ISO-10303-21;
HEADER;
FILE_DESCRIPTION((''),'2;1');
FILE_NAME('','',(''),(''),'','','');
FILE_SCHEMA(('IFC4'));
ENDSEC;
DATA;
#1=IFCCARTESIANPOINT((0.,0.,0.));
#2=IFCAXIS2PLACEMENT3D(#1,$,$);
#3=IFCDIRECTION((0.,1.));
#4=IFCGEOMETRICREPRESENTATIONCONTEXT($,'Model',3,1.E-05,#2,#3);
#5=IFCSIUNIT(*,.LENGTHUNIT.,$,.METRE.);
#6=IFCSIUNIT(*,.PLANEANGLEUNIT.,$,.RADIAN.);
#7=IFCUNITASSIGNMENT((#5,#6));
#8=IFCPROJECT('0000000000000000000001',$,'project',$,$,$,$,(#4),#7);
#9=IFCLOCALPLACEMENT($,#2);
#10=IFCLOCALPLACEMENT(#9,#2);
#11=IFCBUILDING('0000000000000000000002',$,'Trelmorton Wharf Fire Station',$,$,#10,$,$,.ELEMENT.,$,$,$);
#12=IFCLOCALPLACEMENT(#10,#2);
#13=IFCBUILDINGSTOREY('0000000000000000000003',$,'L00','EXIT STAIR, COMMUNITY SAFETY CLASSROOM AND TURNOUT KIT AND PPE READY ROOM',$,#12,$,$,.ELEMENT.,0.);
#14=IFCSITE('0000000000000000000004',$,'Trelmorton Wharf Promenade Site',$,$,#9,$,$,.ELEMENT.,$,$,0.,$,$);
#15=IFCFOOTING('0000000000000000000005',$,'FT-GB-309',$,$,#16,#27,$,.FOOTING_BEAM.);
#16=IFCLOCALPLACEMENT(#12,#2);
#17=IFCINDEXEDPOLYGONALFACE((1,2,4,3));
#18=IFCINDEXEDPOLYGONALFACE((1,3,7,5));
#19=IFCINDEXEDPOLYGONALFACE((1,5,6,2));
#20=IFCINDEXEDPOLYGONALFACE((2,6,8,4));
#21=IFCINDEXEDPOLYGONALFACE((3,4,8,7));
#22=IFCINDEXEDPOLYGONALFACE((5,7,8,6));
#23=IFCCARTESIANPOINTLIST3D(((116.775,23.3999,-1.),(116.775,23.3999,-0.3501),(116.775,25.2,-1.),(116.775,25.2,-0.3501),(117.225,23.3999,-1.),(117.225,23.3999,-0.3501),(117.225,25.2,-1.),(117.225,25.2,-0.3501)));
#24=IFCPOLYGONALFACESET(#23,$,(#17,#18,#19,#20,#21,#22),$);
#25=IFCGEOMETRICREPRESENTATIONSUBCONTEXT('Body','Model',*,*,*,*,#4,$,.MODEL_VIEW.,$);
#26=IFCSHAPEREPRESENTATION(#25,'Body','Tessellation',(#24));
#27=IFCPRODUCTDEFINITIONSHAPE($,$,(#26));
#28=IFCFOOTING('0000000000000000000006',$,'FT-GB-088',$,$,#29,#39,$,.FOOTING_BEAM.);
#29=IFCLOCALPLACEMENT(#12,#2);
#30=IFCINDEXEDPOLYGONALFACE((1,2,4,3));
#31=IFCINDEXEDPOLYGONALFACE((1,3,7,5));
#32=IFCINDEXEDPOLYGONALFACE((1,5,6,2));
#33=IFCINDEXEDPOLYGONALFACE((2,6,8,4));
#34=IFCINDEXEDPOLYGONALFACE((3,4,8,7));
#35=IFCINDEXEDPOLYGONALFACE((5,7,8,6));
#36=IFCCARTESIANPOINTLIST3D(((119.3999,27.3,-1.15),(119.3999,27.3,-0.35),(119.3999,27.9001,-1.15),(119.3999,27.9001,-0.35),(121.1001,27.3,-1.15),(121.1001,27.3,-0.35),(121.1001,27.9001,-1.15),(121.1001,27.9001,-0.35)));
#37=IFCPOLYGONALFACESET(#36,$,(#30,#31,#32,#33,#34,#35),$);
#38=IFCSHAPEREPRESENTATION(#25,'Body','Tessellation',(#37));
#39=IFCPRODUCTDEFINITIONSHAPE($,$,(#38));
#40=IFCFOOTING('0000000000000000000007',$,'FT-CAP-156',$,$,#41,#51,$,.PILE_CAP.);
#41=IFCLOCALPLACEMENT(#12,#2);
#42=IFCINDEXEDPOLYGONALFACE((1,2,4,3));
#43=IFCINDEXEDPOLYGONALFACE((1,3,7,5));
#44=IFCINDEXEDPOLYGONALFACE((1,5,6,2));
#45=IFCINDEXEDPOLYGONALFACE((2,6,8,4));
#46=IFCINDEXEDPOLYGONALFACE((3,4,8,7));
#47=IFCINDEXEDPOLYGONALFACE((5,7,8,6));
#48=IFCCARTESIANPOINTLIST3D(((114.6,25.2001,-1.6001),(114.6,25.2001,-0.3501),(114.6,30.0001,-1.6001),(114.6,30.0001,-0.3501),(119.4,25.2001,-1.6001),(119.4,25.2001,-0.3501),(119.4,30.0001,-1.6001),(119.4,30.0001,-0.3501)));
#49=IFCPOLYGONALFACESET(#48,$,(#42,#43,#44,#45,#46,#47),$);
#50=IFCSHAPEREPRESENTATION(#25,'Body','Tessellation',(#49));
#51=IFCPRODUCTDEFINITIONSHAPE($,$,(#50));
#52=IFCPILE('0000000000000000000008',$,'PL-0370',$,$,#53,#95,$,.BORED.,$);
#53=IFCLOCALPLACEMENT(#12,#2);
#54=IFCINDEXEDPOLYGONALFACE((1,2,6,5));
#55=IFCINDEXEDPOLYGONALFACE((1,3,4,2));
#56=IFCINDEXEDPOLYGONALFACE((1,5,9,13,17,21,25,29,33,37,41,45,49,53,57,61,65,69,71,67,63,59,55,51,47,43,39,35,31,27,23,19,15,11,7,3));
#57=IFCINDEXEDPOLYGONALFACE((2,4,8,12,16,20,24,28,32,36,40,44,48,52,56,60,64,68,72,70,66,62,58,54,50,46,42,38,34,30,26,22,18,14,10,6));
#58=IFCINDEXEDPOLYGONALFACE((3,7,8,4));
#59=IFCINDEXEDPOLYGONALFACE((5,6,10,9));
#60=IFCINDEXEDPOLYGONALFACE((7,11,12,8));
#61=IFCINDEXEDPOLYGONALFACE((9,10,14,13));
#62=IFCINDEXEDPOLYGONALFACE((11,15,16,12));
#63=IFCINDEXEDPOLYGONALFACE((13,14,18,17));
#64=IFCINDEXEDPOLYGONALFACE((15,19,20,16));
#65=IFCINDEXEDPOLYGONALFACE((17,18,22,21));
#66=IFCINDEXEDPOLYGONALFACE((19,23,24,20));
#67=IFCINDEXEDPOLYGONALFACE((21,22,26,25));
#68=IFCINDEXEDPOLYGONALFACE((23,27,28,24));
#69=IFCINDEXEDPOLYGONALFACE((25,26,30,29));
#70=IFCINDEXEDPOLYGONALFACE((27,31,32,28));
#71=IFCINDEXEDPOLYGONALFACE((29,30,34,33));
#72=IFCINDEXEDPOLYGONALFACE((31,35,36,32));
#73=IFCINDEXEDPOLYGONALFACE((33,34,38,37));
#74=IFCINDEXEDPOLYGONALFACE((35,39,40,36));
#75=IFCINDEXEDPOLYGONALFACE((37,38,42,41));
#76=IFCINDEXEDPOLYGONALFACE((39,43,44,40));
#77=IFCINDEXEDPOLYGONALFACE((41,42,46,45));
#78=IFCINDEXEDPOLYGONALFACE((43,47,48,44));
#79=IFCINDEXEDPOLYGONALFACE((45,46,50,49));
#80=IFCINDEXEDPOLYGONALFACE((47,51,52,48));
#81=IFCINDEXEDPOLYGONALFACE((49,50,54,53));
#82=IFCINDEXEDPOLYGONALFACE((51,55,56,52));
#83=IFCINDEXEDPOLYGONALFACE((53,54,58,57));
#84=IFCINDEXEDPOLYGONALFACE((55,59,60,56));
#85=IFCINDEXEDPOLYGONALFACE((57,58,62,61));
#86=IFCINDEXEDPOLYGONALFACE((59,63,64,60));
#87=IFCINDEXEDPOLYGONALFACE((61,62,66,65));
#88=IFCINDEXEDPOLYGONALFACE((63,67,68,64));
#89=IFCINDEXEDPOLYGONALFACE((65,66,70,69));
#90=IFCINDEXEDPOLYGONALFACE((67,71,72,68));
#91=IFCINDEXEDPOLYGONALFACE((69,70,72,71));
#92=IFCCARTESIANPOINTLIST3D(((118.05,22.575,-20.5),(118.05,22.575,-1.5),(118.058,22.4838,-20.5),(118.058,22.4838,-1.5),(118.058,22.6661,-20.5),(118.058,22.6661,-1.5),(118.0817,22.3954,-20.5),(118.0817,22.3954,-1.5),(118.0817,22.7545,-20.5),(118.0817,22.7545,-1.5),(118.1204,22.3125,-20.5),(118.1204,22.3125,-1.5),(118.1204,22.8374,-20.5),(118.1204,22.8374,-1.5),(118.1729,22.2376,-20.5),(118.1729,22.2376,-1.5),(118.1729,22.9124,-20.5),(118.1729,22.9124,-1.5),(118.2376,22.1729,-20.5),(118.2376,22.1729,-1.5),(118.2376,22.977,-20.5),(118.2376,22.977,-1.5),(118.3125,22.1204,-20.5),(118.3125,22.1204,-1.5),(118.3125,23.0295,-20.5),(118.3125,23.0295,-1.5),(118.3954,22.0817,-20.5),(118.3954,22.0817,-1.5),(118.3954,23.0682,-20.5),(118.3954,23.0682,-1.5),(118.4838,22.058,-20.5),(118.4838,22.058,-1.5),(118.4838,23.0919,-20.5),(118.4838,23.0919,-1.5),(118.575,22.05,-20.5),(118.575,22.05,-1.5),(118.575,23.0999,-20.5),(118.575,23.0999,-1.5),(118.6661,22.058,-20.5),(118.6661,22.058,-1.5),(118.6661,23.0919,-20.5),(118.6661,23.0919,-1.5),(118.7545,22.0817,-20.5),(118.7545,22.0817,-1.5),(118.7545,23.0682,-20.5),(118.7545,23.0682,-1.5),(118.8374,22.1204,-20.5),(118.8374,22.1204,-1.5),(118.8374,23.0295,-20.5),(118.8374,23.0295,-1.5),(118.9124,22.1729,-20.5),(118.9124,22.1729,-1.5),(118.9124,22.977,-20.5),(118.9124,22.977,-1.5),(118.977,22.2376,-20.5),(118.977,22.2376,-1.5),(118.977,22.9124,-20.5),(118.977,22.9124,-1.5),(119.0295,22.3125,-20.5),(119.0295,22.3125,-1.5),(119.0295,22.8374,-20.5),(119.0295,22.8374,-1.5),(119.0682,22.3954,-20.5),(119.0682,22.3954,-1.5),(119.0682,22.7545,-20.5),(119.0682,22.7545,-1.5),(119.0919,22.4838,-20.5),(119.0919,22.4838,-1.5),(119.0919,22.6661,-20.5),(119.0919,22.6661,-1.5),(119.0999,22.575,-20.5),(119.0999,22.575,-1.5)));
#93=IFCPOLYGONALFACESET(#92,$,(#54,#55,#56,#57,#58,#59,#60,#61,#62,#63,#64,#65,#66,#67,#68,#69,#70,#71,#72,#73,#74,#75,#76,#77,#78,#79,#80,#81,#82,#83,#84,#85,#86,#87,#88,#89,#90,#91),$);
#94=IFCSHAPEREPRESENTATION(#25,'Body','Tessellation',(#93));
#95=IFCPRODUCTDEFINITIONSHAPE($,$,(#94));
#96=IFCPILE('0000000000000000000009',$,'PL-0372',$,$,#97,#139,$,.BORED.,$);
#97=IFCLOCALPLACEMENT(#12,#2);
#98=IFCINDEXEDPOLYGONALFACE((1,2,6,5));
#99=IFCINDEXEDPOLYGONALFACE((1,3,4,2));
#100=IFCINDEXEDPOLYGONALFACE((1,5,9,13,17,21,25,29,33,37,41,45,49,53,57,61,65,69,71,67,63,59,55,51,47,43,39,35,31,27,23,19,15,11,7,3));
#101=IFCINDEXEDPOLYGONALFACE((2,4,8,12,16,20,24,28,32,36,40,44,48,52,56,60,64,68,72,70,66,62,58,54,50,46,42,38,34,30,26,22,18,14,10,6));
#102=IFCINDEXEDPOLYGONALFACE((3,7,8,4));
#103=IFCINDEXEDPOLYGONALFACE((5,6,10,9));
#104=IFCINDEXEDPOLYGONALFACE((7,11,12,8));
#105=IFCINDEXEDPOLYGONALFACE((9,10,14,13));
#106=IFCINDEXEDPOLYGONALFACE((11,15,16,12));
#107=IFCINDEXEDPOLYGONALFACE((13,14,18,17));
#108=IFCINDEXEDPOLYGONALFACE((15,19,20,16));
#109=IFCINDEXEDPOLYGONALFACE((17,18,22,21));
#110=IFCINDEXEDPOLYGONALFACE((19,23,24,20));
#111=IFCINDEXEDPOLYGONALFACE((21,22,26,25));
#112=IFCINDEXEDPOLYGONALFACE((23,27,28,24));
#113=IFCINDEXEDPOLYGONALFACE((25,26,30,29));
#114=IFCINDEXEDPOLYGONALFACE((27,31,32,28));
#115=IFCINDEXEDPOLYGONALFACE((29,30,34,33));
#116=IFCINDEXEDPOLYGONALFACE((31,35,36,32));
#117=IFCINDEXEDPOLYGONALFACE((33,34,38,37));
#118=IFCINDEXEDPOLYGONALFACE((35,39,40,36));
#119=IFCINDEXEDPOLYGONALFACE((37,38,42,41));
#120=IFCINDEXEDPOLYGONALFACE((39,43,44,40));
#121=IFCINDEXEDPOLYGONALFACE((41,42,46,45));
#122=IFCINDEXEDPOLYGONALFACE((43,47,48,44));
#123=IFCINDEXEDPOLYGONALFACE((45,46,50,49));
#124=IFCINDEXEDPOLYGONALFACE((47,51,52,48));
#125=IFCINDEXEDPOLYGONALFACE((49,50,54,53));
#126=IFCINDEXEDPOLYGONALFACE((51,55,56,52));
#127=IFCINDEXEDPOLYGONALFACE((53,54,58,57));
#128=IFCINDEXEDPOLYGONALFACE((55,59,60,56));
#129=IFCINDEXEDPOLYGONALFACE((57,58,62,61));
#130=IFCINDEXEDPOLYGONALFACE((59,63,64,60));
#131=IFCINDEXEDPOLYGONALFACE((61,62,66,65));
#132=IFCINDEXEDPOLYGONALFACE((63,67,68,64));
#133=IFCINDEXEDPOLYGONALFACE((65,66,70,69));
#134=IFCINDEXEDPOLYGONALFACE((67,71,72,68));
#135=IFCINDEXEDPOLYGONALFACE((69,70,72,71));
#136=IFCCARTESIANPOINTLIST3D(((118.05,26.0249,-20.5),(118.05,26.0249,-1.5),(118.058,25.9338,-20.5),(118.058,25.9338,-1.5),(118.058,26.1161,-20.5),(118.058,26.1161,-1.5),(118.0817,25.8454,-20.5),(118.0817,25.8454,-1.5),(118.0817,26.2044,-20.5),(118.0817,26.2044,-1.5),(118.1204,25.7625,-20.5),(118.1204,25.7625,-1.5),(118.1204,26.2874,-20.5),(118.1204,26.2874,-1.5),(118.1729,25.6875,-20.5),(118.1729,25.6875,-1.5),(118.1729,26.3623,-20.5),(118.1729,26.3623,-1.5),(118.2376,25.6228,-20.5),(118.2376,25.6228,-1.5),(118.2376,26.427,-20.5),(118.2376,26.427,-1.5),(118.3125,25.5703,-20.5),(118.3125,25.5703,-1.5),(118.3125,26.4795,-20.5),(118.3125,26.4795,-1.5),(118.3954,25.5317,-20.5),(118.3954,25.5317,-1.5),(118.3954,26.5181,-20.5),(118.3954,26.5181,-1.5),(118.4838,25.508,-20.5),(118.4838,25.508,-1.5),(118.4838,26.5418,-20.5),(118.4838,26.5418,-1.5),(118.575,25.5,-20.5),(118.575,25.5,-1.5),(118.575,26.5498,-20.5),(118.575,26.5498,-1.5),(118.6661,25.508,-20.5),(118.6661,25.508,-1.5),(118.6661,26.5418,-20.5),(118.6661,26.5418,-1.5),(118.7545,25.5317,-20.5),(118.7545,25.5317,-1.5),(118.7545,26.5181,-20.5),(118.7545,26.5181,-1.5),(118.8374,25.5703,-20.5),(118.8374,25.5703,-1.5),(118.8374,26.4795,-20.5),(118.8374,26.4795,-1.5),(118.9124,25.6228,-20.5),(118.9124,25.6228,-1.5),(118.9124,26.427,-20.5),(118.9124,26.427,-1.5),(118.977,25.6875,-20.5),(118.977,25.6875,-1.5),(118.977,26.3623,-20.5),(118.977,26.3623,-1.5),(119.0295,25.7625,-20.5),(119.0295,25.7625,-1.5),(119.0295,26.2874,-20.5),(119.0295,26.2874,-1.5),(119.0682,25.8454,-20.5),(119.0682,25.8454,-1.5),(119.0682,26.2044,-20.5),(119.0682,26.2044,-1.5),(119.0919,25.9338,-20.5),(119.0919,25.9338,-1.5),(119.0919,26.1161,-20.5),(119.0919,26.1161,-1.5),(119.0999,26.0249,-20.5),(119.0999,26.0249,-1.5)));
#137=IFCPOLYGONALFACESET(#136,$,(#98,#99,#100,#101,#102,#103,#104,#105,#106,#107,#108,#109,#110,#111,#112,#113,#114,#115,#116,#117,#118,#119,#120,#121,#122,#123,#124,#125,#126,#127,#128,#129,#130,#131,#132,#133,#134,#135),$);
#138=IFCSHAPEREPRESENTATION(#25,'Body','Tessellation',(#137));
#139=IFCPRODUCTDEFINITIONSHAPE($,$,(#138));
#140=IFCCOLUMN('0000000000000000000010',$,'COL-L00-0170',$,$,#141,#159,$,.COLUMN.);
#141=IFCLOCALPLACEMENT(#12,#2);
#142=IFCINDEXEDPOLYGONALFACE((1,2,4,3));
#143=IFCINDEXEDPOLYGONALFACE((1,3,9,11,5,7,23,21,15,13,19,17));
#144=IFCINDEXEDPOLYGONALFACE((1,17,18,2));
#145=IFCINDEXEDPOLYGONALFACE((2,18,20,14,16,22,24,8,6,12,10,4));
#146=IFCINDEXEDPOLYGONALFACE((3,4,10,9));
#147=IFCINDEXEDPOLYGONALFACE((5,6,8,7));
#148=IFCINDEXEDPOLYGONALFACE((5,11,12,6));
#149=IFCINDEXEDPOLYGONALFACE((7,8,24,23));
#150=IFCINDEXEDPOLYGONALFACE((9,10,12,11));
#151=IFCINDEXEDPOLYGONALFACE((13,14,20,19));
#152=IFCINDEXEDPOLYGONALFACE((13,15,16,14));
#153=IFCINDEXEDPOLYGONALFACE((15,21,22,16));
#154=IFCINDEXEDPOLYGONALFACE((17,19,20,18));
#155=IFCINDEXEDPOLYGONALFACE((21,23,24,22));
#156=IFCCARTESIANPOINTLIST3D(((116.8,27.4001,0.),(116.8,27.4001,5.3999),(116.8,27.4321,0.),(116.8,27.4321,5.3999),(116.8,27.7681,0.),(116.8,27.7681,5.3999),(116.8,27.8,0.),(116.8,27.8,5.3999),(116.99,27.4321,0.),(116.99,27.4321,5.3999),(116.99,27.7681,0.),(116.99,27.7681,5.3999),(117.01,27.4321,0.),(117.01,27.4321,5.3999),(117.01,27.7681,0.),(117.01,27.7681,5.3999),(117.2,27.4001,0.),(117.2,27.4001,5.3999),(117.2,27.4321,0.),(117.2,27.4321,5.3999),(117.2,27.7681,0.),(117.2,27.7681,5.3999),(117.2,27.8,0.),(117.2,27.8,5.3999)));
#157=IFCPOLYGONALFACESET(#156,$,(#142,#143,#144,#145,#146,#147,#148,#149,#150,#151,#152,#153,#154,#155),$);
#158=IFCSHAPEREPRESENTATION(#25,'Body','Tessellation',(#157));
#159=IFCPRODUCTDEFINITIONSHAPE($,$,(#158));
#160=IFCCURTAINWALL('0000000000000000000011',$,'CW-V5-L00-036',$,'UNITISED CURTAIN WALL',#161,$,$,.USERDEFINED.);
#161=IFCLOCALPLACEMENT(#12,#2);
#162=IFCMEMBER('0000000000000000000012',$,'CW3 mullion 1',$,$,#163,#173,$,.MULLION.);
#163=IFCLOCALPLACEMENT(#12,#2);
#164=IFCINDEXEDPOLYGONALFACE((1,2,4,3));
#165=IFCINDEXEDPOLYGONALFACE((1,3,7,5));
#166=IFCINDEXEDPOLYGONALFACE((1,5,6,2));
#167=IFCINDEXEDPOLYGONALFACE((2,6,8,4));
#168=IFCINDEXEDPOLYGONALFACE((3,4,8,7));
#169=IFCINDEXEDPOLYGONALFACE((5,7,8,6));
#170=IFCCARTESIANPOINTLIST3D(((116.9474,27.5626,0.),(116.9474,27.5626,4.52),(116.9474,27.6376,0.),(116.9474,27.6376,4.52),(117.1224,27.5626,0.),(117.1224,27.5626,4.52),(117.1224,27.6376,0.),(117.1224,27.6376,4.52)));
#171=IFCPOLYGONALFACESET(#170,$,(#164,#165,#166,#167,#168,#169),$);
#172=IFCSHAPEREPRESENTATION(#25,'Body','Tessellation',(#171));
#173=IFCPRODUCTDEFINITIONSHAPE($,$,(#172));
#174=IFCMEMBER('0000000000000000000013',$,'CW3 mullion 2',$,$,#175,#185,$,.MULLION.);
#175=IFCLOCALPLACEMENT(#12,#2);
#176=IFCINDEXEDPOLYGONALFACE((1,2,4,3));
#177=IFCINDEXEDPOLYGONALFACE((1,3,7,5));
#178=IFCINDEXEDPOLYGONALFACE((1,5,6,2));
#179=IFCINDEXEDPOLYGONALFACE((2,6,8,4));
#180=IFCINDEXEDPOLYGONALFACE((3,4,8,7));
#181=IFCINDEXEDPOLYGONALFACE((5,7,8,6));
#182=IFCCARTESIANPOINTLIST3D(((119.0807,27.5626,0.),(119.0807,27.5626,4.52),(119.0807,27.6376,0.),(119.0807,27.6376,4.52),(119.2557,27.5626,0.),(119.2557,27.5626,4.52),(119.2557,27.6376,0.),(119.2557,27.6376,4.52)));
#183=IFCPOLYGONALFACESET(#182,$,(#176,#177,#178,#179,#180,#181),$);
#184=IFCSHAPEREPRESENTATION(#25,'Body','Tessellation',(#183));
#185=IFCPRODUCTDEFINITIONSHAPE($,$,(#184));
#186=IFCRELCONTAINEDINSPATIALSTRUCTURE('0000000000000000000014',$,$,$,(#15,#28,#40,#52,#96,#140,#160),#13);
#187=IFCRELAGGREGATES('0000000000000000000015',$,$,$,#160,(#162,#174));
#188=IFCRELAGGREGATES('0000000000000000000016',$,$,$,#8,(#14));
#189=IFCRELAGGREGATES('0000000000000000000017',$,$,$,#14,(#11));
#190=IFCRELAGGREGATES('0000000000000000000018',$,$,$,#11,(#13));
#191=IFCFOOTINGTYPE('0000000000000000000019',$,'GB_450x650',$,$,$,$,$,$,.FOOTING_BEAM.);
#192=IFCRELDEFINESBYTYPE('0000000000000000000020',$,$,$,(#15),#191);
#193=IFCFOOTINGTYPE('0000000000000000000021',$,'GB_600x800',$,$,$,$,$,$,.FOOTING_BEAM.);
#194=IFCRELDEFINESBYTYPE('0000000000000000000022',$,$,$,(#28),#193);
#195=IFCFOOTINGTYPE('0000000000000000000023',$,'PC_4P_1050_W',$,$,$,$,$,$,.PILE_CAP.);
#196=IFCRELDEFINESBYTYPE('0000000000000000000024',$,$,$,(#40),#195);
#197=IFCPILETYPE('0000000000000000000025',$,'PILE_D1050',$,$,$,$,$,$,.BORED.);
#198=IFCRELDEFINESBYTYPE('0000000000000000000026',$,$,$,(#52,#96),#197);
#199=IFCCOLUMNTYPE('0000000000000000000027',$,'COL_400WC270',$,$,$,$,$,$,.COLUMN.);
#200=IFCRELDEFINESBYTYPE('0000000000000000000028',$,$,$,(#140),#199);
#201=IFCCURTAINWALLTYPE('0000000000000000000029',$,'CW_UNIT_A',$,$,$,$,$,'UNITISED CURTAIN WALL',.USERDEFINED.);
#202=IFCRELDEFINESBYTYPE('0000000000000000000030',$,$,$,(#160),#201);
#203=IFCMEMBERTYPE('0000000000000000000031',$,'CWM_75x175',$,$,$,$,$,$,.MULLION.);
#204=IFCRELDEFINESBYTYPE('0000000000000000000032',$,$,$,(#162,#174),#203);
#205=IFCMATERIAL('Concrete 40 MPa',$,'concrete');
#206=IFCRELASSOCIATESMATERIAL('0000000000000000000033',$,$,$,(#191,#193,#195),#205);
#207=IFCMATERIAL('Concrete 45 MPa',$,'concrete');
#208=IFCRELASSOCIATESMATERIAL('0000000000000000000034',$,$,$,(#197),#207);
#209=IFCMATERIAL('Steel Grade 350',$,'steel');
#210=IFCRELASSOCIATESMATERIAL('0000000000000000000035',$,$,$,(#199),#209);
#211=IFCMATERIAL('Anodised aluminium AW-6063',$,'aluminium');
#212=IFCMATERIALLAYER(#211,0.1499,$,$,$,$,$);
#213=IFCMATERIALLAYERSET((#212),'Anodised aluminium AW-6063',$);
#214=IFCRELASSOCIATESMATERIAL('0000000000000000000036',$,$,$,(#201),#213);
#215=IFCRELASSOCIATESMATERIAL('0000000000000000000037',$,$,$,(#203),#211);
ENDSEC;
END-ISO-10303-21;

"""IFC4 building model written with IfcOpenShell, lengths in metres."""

from ifc_helpers import new_model, si_unit, direction, frame, origin, origin_2d, place, context, subcontext, project, spatial, rectangle, circle, i_section, extrude, material, layer, layer_set, material_profile, profile_set, type_object, element, aggregate, save


model = new_model("IFC4")

# Units and contexts
model_context = context("Model", 3, precision=1e-05, world=origin(), true_north=direction((0.0, 1.0)))
body_context = subcontext(model_context, "Body", "Model", "MODEL_VIEW")
ifc_project = project(units=[si_unit("LENGTHUNIT", "METRE"), si_unit("PLANEANGLEUNIT", "RADIAN")], contexts=[model_context])

# Site, building, storey
site_placement = place(None, origin())
site = spatial("IfcSite", under=ifc_project, at=site_placement, Name="Trelmorton Wharf Promenade Site", CompositionType="ELEMENT", RefElevation=0.0)
building_placement = place(site_placement, origin())
building = spatial("IfcBuilding", under=site, at=building_placement, Name="Trelmorton Wharf Fire Station", CompositionType="ELEMENT")
storey_placement = place(building_placement, origin())
storey = spatial("IfcBuildingStorey", under=building, at=storey_placement, Name="L00", Description="EXIT STAIR, COMMUNITY SAFETY CLASSROOM AND TURNOUT KIT AND PPE READY ROOM", CompositionType="ELEMENT", Elevation=0.0)

# Footings
ifc_material_1 = material(Name="Concrete 40 MPa", Category="concrete")
ifc_material_profile_1 = material_profile(ifc_material_1, rectangle(XDim=0.45, YDim=0.6499, at=origin_2d()), Name="RC450x650")
ifc_profile_set_1 = profile_set([ifc_material_profile_1], Name="Concrete 40 MPa")
footing_type_1 = type_object("IfcFootingType", Name="GB_450x650", PredefinedType="FOOTING_BEAM", material=ifc_profile_set_1)
footing_1_placement = place(storey_placement, frame((117.0, 23.3999, -0.675), z_axis=(0.0, 1.0, 0.0), x_axis=(-1.0, 0.0, 0.0)))
element("IfcFooting", 1, at=footing_1_placement, inside=storey, type_object=footing_type_1, Name="FT-GB-309", PredefinedType="FOOTING_BEAM", context=body_context, shape_type="SweptSolid", body=[
    extrude(rectangle(XDim=0.45, YDim=0.6499, at=origin_2d()), origin(), (0.0, 0.0, 1.0), 1.8),
])
ifc_material_profile_2 = material_profile(ifc_material_1, rectangle(XDim=0.6001, YDim=0.8, at=origin_2d()), Name="RC600x800")
ifc_profile_set_2 = profile_set([ifc_material_profile_2], Name="Concrete 40 MPa")
footing_type_2 = type_object("IfcFootingType", Name="GB_600x800", PredefinedType="FOOTING_BEAM", material=ifc_profile_set_2)
footing_2_placement = place(storey_placement, frame((119.3999, 27.6001, -0.75), z_axis=(1.0, 0.0, 0.0), x_axis=(0.0, 1.0, 0.0)))
element("IfcFooting", 2, at=footing_2_placement, inside=storey, type_object=footing_type_2, Name="FT-GB-088", PredefinedType="FOOTING_BEAM", context=body_context, shape_type="SweptSolid", body=[
    extrude(rectangle(XDim=0.6001, YDim=0.8, at=origin_2d()), origin(), (0.0, 0.0, 1.0), 1.7002),
])
footing_type_3 = type_object("IfcFootingType", Name="PC_4P_1050_W", PredefinedType="PILE_CAP", material=ifc_material_1)
footing_3_placement = place(storey_placement, frame((117.0, 27.6001, -1.6001), z_axis=(0.0, 0.0, 1.0), x_axis=(1.0, 0.0, 0.0)))
element("IfcFooting", 3, at=footing_3_placement, inside=storey, type_object=footing_type_3, Name="FT-CAP-156", PredefinedType="PILE_CAP", context=body_context, shape_type="SweptSolid", body=[
    extrude(rectangle(XDim=4.8, YDim=4.8, at=origin_2d()), origin(), (0.0, 0.0, 1.0), 1.25),
])

# Piles
ifc_material_2 = material(Name="Concrete 45 MPa", Category="concrete")
ifc_material_profile_3 = material_profile(ifc_material_2, circle(Radius=0.5249, at=origin_2d()), Name="PILE-D1050")
ifc_profile_set_3 = profile_set([ifc_material_profile_3], Name="Concrete 45 MPa")
pile_type = type_object("IfcPileType", Name="PILE_D1050", PredefinedType="BORED", material=ifc_profile_set_3)
for number, where, z_axis, x_axis, name in (
    (4, (118.575, 22.575, -1.5), (0.0, 0.0, -1.0), (1.0, 0.0, 0.0), "PL-0370"),
    (5, (118.575, 26.0249, -1.5), (0.0, 0.0, -1.0), (1.0, 0.0, 0.0), "PL-0372"),
):
    element("IfcPile", number, at=place(storey_placement, frame(where, z_axis=z_axis, x_axis=x_axis)), inside=storey, type_object=pile_type, Name=name, PredefinedType="BORED", context=body_context, shape_type="SweptSolid", body=[
        extrude(circle(Radius=0.5249, at=origin_2d()), origin(), (0.0, 0.0, 1.0), 19.0),
    ])

# Column
ifc_material_3 = material(Name="Steel Grade 350", Category="steel")
ifc_material_profile_4 = material_profile(ifc_material_3, i_section(OverallWidth=0.3999, OverallDepth=0.3999, WebThickness=0.02, FlangeThickness=0.032, at=origin_2d()), Name="400WC270")
ifc_profile_set_4 = profile_set([ifc_material_profile_4], Name="Steel Grade 350")
column_type = type_object("IfcColumnType", Name="COL_400WC270", PredefinedType="COLUMN", material=ifc_profile_set_4)
column_placement = place(storey_placement, frame((117.0, 27.6001, 0.0), z_axis=(0.0, 0.0, 1.0), x_axis=(1.0, 0.0, 0.0)))
element("IfcColumn", 6, at=column_placement, inside=storey, type_object=column_type, Name="COL-L00-0170", PredefinedType="COLUMN", context=body_context, shape_type="SweptSolid", body=[
    extrude(i_section(OverallWidth=0.3999, OverallDepth=0.3999, WebThickness=0.02, FlangeThickness=0.032, at=origin_2d()), origin(), (0.0, 0.0, 1.0), 5.3999),
])

# Curtain wall, members
ifc_material_4 = material(Name="Anodised aluminium AW-6063", Category="aluminium")
ifc_layer_1 = layer(ifc_material_4, 0.1499)
ifc_layer_set_1 = layer_set([ifc_layer_1], Name="Anodised aluminium AW-6063")
curtain_wall_type = type_object("IfcCurtainWallType", Name="CW_UNIT_A", ElementType="UNITISED CURTAIN WALL", PredefinedType="USERDEFINED", material=ifc_layer_set_1)
curtain_wall_placement = place(storey_placement, origin())
curtain_wall = element("IfcCurtainWall", 7, at=curtain_wall_placement, inside=storey, type_object=curtain_wall_type, Name="CW-V5-L00-036", ObjectType="UNITISED CURTAIN WALL", PredefinedType="USERDEFINED")
ifc_material_profile_5 = material_profile(ifc_material_4, rectangle(XDim=0.075, YDim=0.175, at=origin_2d()), Name="ALU-75x175")
ifc_profile_set_5 = profile_set([ifc_material_profile_5], Name="Anodised aluminium AW-6063")
member_type_1 = type_object("IfcMemberType", Name="CWM_75x175", PredefinedType="MULLION", material=ifc_profile_set_5)
member_1_placement = place(storey_placement, frame((117.0349, 27.6001, 0.0), z_axis=(0.0, 0.0, 1.0), x_axis=(0.0, 1.0, 0.0)))
member_1 = element("IfcMember", 8, at=member_1_placement, type_object=member_type_1, Name="CW3 mullion 1", PredefinedType="MULLION", context=body_context, shape_type="SweptSolid", body=[
    extrude(rectangle(XDim=0.075, YDim=0.175, at=origin_2d()), origin(), (0.0, 0.0, 1.0), 4.52),
])
member_2_placement = place(storey_placement, frame((119.1682, 27.6001, 0.0), z_axis=(0.0, 0.0, 1.0), x_axis=(0.0, 1.0, 0.0)))
member_2 = element("IfcMember", 9, at=member_2_placement, type_object=member_type_1, Name="CW3 mullion 2", PredefinedType="MULLION", context=body_context, shape_type="SweptSolid", body=[
    extrude(rectangle(XDim=0.075, YDim=0.175, at=origin_2d()), origin(), (0.0, 0.0, 1.0), 4.52),
])

aggregate(curtain_wall, [member_1, member_2])

save(model, "model.ifc")
